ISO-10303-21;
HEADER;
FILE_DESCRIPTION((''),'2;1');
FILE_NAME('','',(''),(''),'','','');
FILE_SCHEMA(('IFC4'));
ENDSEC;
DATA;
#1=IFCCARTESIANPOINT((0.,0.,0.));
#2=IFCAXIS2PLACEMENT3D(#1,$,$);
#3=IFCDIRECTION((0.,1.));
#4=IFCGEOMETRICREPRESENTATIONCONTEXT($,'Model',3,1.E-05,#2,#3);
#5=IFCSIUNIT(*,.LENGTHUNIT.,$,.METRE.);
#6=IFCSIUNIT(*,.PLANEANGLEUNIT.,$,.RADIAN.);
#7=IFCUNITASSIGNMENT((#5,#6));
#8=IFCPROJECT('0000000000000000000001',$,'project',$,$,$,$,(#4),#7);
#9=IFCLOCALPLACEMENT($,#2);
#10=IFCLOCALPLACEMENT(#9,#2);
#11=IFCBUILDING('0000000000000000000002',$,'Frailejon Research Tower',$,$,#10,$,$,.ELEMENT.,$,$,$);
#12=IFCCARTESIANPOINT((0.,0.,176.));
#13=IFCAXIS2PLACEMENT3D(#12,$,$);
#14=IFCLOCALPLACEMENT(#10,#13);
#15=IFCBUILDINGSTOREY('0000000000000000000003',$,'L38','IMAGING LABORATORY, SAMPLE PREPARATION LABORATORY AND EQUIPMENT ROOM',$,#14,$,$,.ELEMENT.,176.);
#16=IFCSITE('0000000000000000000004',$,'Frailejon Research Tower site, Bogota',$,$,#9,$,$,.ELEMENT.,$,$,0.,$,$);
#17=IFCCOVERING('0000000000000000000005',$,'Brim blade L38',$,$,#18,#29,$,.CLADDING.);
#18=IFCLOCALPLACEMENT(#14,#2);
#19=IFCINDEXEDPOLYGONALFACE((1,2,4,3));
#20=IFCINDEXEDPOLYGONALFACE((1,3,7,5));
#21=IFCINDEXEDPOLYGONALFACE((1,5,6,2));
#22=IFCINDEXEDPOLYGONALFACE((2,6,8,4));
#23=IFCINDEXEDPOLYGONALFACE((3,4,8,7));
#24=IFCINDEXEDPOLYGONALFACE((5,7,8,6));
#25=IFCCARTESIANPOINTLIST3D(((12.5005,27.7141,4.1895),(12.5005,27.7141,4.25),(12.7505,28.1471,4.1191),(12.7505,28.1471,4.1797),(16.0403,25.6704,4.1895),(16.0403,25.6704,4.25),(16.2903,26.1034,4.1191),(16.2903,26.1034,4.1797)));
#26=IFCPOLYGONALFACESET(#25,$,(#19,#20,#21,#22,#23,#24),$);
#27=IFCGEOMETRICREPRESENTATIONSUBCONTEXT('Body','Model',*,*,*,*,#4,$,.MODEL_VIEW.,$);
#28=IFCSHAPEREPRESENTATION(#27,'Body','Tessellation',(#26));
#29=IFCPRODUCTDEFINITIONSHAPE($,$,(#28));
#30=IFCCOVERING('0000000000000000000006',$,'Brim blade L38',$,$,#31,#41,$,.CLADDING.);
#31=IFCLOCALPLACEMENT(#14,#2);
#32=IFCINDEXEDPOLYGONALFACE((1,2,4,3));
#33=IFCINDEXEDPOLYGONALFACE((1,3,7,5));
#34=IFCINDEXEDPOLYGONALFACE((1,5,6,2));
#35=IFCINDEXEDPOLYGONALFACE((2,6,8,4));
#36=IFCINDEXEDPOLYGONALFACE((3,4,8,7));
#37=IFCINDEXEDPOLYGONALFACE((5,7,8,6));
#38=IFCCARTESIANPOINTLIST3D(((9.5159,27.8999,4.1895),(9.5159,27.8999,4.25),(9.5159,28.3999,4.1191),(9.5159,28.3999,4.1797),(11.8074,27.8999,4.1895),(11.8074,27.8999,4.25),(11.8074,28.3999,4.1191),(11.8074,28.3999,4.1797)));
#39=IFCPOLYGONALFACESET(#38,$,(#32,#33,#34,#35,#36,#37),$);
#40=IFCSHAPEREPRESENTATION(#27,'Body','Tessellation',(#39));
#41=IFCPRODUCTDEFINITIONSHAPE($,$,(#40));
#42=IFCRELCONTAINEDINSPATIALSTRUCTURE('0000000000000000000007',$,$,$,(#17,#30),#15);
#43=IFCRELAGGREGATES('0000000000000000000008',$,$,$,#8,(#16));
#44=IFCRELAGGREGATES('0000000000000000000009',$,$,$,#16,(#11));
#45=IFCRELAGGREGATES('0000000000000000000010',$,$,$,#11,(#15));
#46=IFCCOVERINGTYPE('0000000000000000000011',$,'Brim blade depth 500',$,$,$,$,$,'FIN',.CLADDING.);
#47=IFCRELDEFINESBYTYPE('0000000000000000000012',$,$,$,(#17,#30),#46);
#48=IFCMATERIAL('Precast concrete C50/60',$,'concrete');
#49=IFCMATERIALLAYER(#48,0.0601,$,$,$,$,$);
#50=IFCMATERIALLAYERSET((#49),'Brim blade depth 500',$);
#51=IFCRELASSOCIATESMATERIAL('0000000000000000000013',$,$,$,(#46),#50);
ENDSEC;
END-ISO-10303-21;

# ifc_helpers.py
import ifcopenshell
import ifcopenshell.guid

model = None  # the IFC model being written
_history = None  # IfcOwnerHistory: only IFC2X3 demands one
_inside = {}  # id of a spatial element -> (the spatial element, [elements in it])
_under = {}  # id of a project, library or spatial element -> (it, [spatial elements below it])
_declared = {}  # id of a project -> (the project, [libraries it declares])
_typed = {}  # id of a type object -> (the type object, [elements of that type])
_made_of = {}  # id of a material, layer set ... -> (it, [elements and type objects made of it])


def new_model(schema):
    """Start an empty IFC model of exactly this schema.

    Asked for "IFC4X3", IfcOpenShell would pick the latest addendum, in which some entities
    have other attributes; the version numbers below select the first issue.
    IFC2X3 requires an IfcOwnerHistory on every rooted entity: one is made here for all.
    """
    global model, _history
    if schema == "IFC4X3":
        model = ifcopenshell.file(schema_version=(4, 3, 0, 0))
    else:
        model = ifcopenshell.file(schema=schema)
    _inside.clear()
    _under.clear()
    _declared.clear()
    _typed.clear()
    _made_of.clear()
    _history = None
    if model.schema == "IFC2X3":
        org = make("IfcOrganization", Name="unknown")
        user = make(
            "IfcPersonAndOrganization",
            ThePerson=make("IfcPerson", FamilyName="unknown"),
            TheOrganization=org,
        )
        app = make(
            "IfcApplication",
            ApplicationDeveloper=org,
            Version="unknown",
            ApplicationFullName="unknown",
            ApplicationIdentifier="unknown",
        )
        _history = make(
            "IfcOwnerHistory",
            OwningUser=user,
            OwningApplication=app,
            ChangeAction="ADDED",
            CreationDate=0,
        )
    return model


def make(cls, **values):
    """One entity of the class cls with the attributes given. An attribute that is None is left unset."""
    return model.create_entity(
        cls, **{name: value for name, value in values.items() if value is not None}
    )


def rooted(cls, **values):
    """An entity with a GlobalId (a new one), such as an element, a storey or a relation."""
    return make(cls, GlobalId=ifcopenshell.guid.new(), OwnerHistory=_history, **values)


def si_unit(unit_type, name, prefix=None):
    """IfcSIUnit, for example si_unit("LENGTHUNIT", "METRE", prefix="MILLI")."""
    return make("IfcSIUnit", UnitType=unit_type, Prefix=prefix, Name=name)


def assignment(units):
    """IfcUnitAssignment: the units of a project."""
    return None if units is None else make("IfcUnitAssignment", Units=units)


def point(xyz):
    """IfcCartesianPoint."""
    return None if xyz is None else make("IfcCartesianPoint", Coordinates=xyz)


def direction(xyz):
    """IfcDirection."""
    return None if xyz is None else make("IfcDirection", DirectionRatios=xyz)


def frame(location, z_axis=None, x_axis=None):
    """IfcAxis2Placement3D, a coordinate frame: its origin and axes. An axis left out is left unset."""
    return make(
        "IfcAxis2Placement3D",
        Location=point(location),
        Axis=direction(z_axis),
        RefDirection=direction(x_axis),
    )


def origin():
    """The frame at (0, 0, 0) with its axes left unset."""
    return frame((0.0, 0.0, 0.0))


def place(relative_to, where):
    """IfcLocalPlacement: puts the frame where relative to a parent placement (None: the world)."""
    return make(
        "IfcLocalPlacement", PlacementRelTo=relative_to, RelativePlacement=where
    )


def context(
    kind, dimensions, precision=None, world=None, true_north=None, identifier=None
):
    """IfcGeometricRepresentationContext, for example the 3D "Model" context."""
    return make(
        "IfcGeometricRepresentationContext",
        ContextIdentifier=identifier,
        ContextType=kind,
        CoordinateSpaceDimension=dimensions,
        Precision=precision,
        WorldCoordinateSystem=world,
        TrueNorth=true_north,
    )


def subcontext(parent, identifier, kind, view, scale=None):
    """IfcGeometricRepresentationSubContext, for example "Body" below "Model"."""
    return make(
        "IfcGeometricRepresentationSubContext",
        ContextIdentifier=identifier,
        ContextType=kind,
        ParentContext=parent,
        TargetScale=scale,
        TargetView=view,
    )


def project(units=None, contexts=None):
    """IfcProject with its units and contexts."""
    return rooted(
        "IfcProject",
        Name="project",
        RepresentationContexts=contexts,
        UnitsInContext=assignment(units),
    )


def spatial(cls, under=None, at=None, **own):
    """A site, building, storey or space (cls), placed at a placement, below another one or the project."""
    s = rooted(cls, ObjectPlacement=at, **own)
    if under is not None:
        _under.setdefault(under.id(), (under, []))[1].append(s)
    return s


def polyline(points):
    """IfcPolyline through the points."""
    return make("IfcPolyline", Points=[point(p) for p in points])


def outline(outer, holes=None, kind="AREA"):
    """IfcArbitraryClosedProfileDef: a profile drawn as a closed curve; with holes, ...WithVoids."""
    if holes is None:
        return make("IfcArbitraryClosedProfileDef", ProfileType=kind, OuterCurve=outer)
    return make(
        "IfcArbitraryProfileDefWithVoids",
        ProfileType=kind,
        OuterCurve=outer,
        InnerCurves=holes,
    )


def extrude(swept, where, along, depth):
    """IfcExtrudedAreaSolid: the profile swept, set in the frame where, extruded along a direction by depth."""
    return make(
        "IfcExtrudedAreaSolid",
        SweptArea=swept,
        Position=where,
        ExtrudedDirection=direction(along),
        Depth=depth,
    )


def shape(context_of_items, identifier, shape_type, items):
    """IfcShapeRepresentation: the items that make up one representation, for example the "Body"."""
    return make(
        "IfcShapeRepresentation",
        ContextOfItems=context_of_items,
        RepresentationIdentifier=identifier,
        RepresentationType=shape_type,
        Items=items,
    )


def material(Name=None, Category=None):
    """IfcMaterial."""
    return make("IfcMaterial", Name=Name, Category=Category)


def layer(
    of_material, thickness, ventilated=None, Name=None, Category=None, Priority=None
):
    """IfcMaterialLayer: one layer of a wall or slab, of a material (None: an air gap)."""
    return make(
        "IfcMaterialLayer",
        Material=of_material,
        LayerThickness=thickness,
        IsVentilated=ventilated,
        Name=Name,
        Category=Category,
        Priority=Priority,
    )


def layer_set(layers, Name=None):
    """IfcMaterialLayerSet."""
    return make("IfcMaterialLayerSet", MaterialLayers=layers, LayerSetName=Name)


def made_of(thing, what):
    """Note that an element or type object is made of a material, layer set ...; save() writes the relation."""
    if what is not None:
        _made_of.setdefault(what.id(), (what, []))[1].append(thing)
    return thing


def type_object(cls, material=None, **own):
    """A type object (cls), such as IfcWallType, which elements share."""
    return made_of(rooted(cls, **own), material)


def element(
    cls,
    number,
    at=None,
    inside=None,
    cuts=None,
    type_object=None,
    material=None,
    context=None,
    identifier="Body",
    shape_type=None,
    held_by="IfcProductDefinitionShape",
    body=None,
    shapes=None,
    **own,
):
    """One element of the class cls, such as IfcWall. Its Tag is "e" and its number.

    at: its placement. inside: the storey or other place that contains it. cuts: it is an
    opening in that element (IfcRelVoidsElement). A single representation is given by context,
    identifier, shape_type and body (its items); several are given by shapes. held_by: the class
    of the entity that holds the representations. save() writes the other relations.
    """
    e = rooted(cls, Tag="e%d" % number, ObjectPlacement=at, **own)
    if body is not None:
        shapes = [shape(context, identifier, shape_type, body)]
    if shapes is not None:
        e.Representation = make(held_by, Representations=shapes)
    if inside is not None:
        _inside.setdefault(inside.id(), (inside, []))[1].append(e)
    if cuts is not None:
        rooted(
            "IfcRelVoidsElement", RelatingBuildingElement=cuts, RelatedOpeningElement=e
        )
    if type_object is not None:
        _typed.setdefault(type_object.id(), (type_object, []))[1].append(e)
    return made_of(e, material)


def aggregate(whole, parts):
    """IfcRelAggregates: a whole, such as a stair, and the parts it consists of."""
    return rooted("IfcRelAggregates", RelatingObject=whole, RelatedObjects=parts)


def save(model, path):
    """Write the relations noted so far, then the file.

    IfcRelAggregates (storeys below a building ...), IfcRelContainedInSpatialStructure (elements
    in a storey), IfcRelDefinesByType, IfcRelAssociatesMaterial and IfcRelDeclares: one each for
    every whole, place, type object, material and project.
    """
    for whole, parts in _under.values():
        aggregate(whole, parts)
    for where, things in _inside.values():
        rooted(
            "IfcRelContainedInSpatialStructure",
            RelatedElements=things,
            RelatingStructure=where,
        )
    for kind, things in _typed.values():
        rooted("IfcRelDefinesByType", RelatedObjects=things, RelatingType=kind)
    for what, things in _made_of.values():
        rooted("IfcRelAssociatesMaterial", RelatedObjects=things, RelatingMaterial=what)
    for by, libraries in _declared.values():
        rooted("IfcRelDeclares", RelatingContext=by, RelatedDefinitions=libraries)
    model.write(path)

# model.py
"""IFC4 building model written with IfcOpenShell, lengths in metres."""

from ifc_helpers import new_model, si_unit, direction, frame, origin, place, context, subcontext, project, spatial, polyline, outline, extrude, material, layer, layer_set, type_object, element, save


model = new_model("IFC4")

# Units and contexts
model_context = context("Model", 3, precision=1e-05, world=origin(), true_north=direction((0.0, 1.0)))
body_context = subcontext(model_context, "Body", "Model", "MODEL_VIEW")
ifc_project = project(units=[si_unit("LENGTHUNIT", "METRE"), si_unit("PLANEANGLEUNIT", "RADIAN")], contexts=[model_context])

# Site, building, storey
site_placement = place(None, origin())
site = spatial("IfcSite", under=ifc_project, at=site_placement, Name="Frailejon Research Tower site, Bogota", CompositionType="ELEMENT", RefElevation=0.0)
building_placement = place(site_placement, origin())
building = spatial("IfcBuilding", under=site, at=building_placement, Name="Frailejon Research Tower", CompositionType="ELEMENT")
storey_placement = place(building_placement, frame((0.0, 0.0, 176.0)))
storey = spatial("IfcBuildingStorey", under=building, at=storey_placement, Name="L38", Description="IMAGING LABORATORY, SAMPLE PREPARATION LABORATORY AND EQUIPMENT ROOM", CompositionType="ELEMENT", Elevation=176.0)

# Coverings
ifc_material_1 = material(Name="Precast concrete C50/60", Category="concrete")
ifc_layer_1 = layer(ifc_material_1, 0.0601)
ifc_layer_set_1 = layer_set([ifc_layer_1], Name="Brim blade depth 500")
covering_type_1 = type_object("IfcCoveringType", Name="Brim blade depth 500", ElementType="FIN", PredefinedType="CLADDING", material=ifc_layer_set_1)
covering_1_placement = place(storey_placement, frame((12.5005, 27.7141, 4.25), z_axis=(0.866021, -0.500007, 0.0), x_axis=(0.500007, 0.866021, 0.0)))
element("IfcCovering", 1, at=covering_1_placement, inside=storey, type_object=covering_type_1, Name="Brim blade L38", PredefinedType="CLADDING", context=body_context, shape_type="SweptSolid", body=[
    extrude(outline(polyline([(0.0, -0.0605), (0.5, -0.1309), (0.5, -0.0703), (0.0, 0.0), (0.0, -0.0605)])), origin(), (0.0, 0.0, 1.0), 4.0874),
])
covering_2_placement = place(storey_placement, frame((9.5159, 27.8999, 4.25), z_axis=(1.0, 0.0, 0.0), x_axis=(0.0, 1.0, 0.0)))
element("IfcCovering", 2, at=covering_2_placement, inside=storey, type_object=covering_type_1, Name="Brim blade L38", PredefinedType="CLADDING", context=body_context, shape_type="SweptSolid", body=[
    extrude(outline(polyline([(0.0, -0.0605), (0.5, -0.1309), (0.5, -0.0703), (0.0, 0.0), (0.0, -0.0605)])), origin(), (0.0, 0.0, 1.0), 2.2915),
])

save(model, "model.ifc")
